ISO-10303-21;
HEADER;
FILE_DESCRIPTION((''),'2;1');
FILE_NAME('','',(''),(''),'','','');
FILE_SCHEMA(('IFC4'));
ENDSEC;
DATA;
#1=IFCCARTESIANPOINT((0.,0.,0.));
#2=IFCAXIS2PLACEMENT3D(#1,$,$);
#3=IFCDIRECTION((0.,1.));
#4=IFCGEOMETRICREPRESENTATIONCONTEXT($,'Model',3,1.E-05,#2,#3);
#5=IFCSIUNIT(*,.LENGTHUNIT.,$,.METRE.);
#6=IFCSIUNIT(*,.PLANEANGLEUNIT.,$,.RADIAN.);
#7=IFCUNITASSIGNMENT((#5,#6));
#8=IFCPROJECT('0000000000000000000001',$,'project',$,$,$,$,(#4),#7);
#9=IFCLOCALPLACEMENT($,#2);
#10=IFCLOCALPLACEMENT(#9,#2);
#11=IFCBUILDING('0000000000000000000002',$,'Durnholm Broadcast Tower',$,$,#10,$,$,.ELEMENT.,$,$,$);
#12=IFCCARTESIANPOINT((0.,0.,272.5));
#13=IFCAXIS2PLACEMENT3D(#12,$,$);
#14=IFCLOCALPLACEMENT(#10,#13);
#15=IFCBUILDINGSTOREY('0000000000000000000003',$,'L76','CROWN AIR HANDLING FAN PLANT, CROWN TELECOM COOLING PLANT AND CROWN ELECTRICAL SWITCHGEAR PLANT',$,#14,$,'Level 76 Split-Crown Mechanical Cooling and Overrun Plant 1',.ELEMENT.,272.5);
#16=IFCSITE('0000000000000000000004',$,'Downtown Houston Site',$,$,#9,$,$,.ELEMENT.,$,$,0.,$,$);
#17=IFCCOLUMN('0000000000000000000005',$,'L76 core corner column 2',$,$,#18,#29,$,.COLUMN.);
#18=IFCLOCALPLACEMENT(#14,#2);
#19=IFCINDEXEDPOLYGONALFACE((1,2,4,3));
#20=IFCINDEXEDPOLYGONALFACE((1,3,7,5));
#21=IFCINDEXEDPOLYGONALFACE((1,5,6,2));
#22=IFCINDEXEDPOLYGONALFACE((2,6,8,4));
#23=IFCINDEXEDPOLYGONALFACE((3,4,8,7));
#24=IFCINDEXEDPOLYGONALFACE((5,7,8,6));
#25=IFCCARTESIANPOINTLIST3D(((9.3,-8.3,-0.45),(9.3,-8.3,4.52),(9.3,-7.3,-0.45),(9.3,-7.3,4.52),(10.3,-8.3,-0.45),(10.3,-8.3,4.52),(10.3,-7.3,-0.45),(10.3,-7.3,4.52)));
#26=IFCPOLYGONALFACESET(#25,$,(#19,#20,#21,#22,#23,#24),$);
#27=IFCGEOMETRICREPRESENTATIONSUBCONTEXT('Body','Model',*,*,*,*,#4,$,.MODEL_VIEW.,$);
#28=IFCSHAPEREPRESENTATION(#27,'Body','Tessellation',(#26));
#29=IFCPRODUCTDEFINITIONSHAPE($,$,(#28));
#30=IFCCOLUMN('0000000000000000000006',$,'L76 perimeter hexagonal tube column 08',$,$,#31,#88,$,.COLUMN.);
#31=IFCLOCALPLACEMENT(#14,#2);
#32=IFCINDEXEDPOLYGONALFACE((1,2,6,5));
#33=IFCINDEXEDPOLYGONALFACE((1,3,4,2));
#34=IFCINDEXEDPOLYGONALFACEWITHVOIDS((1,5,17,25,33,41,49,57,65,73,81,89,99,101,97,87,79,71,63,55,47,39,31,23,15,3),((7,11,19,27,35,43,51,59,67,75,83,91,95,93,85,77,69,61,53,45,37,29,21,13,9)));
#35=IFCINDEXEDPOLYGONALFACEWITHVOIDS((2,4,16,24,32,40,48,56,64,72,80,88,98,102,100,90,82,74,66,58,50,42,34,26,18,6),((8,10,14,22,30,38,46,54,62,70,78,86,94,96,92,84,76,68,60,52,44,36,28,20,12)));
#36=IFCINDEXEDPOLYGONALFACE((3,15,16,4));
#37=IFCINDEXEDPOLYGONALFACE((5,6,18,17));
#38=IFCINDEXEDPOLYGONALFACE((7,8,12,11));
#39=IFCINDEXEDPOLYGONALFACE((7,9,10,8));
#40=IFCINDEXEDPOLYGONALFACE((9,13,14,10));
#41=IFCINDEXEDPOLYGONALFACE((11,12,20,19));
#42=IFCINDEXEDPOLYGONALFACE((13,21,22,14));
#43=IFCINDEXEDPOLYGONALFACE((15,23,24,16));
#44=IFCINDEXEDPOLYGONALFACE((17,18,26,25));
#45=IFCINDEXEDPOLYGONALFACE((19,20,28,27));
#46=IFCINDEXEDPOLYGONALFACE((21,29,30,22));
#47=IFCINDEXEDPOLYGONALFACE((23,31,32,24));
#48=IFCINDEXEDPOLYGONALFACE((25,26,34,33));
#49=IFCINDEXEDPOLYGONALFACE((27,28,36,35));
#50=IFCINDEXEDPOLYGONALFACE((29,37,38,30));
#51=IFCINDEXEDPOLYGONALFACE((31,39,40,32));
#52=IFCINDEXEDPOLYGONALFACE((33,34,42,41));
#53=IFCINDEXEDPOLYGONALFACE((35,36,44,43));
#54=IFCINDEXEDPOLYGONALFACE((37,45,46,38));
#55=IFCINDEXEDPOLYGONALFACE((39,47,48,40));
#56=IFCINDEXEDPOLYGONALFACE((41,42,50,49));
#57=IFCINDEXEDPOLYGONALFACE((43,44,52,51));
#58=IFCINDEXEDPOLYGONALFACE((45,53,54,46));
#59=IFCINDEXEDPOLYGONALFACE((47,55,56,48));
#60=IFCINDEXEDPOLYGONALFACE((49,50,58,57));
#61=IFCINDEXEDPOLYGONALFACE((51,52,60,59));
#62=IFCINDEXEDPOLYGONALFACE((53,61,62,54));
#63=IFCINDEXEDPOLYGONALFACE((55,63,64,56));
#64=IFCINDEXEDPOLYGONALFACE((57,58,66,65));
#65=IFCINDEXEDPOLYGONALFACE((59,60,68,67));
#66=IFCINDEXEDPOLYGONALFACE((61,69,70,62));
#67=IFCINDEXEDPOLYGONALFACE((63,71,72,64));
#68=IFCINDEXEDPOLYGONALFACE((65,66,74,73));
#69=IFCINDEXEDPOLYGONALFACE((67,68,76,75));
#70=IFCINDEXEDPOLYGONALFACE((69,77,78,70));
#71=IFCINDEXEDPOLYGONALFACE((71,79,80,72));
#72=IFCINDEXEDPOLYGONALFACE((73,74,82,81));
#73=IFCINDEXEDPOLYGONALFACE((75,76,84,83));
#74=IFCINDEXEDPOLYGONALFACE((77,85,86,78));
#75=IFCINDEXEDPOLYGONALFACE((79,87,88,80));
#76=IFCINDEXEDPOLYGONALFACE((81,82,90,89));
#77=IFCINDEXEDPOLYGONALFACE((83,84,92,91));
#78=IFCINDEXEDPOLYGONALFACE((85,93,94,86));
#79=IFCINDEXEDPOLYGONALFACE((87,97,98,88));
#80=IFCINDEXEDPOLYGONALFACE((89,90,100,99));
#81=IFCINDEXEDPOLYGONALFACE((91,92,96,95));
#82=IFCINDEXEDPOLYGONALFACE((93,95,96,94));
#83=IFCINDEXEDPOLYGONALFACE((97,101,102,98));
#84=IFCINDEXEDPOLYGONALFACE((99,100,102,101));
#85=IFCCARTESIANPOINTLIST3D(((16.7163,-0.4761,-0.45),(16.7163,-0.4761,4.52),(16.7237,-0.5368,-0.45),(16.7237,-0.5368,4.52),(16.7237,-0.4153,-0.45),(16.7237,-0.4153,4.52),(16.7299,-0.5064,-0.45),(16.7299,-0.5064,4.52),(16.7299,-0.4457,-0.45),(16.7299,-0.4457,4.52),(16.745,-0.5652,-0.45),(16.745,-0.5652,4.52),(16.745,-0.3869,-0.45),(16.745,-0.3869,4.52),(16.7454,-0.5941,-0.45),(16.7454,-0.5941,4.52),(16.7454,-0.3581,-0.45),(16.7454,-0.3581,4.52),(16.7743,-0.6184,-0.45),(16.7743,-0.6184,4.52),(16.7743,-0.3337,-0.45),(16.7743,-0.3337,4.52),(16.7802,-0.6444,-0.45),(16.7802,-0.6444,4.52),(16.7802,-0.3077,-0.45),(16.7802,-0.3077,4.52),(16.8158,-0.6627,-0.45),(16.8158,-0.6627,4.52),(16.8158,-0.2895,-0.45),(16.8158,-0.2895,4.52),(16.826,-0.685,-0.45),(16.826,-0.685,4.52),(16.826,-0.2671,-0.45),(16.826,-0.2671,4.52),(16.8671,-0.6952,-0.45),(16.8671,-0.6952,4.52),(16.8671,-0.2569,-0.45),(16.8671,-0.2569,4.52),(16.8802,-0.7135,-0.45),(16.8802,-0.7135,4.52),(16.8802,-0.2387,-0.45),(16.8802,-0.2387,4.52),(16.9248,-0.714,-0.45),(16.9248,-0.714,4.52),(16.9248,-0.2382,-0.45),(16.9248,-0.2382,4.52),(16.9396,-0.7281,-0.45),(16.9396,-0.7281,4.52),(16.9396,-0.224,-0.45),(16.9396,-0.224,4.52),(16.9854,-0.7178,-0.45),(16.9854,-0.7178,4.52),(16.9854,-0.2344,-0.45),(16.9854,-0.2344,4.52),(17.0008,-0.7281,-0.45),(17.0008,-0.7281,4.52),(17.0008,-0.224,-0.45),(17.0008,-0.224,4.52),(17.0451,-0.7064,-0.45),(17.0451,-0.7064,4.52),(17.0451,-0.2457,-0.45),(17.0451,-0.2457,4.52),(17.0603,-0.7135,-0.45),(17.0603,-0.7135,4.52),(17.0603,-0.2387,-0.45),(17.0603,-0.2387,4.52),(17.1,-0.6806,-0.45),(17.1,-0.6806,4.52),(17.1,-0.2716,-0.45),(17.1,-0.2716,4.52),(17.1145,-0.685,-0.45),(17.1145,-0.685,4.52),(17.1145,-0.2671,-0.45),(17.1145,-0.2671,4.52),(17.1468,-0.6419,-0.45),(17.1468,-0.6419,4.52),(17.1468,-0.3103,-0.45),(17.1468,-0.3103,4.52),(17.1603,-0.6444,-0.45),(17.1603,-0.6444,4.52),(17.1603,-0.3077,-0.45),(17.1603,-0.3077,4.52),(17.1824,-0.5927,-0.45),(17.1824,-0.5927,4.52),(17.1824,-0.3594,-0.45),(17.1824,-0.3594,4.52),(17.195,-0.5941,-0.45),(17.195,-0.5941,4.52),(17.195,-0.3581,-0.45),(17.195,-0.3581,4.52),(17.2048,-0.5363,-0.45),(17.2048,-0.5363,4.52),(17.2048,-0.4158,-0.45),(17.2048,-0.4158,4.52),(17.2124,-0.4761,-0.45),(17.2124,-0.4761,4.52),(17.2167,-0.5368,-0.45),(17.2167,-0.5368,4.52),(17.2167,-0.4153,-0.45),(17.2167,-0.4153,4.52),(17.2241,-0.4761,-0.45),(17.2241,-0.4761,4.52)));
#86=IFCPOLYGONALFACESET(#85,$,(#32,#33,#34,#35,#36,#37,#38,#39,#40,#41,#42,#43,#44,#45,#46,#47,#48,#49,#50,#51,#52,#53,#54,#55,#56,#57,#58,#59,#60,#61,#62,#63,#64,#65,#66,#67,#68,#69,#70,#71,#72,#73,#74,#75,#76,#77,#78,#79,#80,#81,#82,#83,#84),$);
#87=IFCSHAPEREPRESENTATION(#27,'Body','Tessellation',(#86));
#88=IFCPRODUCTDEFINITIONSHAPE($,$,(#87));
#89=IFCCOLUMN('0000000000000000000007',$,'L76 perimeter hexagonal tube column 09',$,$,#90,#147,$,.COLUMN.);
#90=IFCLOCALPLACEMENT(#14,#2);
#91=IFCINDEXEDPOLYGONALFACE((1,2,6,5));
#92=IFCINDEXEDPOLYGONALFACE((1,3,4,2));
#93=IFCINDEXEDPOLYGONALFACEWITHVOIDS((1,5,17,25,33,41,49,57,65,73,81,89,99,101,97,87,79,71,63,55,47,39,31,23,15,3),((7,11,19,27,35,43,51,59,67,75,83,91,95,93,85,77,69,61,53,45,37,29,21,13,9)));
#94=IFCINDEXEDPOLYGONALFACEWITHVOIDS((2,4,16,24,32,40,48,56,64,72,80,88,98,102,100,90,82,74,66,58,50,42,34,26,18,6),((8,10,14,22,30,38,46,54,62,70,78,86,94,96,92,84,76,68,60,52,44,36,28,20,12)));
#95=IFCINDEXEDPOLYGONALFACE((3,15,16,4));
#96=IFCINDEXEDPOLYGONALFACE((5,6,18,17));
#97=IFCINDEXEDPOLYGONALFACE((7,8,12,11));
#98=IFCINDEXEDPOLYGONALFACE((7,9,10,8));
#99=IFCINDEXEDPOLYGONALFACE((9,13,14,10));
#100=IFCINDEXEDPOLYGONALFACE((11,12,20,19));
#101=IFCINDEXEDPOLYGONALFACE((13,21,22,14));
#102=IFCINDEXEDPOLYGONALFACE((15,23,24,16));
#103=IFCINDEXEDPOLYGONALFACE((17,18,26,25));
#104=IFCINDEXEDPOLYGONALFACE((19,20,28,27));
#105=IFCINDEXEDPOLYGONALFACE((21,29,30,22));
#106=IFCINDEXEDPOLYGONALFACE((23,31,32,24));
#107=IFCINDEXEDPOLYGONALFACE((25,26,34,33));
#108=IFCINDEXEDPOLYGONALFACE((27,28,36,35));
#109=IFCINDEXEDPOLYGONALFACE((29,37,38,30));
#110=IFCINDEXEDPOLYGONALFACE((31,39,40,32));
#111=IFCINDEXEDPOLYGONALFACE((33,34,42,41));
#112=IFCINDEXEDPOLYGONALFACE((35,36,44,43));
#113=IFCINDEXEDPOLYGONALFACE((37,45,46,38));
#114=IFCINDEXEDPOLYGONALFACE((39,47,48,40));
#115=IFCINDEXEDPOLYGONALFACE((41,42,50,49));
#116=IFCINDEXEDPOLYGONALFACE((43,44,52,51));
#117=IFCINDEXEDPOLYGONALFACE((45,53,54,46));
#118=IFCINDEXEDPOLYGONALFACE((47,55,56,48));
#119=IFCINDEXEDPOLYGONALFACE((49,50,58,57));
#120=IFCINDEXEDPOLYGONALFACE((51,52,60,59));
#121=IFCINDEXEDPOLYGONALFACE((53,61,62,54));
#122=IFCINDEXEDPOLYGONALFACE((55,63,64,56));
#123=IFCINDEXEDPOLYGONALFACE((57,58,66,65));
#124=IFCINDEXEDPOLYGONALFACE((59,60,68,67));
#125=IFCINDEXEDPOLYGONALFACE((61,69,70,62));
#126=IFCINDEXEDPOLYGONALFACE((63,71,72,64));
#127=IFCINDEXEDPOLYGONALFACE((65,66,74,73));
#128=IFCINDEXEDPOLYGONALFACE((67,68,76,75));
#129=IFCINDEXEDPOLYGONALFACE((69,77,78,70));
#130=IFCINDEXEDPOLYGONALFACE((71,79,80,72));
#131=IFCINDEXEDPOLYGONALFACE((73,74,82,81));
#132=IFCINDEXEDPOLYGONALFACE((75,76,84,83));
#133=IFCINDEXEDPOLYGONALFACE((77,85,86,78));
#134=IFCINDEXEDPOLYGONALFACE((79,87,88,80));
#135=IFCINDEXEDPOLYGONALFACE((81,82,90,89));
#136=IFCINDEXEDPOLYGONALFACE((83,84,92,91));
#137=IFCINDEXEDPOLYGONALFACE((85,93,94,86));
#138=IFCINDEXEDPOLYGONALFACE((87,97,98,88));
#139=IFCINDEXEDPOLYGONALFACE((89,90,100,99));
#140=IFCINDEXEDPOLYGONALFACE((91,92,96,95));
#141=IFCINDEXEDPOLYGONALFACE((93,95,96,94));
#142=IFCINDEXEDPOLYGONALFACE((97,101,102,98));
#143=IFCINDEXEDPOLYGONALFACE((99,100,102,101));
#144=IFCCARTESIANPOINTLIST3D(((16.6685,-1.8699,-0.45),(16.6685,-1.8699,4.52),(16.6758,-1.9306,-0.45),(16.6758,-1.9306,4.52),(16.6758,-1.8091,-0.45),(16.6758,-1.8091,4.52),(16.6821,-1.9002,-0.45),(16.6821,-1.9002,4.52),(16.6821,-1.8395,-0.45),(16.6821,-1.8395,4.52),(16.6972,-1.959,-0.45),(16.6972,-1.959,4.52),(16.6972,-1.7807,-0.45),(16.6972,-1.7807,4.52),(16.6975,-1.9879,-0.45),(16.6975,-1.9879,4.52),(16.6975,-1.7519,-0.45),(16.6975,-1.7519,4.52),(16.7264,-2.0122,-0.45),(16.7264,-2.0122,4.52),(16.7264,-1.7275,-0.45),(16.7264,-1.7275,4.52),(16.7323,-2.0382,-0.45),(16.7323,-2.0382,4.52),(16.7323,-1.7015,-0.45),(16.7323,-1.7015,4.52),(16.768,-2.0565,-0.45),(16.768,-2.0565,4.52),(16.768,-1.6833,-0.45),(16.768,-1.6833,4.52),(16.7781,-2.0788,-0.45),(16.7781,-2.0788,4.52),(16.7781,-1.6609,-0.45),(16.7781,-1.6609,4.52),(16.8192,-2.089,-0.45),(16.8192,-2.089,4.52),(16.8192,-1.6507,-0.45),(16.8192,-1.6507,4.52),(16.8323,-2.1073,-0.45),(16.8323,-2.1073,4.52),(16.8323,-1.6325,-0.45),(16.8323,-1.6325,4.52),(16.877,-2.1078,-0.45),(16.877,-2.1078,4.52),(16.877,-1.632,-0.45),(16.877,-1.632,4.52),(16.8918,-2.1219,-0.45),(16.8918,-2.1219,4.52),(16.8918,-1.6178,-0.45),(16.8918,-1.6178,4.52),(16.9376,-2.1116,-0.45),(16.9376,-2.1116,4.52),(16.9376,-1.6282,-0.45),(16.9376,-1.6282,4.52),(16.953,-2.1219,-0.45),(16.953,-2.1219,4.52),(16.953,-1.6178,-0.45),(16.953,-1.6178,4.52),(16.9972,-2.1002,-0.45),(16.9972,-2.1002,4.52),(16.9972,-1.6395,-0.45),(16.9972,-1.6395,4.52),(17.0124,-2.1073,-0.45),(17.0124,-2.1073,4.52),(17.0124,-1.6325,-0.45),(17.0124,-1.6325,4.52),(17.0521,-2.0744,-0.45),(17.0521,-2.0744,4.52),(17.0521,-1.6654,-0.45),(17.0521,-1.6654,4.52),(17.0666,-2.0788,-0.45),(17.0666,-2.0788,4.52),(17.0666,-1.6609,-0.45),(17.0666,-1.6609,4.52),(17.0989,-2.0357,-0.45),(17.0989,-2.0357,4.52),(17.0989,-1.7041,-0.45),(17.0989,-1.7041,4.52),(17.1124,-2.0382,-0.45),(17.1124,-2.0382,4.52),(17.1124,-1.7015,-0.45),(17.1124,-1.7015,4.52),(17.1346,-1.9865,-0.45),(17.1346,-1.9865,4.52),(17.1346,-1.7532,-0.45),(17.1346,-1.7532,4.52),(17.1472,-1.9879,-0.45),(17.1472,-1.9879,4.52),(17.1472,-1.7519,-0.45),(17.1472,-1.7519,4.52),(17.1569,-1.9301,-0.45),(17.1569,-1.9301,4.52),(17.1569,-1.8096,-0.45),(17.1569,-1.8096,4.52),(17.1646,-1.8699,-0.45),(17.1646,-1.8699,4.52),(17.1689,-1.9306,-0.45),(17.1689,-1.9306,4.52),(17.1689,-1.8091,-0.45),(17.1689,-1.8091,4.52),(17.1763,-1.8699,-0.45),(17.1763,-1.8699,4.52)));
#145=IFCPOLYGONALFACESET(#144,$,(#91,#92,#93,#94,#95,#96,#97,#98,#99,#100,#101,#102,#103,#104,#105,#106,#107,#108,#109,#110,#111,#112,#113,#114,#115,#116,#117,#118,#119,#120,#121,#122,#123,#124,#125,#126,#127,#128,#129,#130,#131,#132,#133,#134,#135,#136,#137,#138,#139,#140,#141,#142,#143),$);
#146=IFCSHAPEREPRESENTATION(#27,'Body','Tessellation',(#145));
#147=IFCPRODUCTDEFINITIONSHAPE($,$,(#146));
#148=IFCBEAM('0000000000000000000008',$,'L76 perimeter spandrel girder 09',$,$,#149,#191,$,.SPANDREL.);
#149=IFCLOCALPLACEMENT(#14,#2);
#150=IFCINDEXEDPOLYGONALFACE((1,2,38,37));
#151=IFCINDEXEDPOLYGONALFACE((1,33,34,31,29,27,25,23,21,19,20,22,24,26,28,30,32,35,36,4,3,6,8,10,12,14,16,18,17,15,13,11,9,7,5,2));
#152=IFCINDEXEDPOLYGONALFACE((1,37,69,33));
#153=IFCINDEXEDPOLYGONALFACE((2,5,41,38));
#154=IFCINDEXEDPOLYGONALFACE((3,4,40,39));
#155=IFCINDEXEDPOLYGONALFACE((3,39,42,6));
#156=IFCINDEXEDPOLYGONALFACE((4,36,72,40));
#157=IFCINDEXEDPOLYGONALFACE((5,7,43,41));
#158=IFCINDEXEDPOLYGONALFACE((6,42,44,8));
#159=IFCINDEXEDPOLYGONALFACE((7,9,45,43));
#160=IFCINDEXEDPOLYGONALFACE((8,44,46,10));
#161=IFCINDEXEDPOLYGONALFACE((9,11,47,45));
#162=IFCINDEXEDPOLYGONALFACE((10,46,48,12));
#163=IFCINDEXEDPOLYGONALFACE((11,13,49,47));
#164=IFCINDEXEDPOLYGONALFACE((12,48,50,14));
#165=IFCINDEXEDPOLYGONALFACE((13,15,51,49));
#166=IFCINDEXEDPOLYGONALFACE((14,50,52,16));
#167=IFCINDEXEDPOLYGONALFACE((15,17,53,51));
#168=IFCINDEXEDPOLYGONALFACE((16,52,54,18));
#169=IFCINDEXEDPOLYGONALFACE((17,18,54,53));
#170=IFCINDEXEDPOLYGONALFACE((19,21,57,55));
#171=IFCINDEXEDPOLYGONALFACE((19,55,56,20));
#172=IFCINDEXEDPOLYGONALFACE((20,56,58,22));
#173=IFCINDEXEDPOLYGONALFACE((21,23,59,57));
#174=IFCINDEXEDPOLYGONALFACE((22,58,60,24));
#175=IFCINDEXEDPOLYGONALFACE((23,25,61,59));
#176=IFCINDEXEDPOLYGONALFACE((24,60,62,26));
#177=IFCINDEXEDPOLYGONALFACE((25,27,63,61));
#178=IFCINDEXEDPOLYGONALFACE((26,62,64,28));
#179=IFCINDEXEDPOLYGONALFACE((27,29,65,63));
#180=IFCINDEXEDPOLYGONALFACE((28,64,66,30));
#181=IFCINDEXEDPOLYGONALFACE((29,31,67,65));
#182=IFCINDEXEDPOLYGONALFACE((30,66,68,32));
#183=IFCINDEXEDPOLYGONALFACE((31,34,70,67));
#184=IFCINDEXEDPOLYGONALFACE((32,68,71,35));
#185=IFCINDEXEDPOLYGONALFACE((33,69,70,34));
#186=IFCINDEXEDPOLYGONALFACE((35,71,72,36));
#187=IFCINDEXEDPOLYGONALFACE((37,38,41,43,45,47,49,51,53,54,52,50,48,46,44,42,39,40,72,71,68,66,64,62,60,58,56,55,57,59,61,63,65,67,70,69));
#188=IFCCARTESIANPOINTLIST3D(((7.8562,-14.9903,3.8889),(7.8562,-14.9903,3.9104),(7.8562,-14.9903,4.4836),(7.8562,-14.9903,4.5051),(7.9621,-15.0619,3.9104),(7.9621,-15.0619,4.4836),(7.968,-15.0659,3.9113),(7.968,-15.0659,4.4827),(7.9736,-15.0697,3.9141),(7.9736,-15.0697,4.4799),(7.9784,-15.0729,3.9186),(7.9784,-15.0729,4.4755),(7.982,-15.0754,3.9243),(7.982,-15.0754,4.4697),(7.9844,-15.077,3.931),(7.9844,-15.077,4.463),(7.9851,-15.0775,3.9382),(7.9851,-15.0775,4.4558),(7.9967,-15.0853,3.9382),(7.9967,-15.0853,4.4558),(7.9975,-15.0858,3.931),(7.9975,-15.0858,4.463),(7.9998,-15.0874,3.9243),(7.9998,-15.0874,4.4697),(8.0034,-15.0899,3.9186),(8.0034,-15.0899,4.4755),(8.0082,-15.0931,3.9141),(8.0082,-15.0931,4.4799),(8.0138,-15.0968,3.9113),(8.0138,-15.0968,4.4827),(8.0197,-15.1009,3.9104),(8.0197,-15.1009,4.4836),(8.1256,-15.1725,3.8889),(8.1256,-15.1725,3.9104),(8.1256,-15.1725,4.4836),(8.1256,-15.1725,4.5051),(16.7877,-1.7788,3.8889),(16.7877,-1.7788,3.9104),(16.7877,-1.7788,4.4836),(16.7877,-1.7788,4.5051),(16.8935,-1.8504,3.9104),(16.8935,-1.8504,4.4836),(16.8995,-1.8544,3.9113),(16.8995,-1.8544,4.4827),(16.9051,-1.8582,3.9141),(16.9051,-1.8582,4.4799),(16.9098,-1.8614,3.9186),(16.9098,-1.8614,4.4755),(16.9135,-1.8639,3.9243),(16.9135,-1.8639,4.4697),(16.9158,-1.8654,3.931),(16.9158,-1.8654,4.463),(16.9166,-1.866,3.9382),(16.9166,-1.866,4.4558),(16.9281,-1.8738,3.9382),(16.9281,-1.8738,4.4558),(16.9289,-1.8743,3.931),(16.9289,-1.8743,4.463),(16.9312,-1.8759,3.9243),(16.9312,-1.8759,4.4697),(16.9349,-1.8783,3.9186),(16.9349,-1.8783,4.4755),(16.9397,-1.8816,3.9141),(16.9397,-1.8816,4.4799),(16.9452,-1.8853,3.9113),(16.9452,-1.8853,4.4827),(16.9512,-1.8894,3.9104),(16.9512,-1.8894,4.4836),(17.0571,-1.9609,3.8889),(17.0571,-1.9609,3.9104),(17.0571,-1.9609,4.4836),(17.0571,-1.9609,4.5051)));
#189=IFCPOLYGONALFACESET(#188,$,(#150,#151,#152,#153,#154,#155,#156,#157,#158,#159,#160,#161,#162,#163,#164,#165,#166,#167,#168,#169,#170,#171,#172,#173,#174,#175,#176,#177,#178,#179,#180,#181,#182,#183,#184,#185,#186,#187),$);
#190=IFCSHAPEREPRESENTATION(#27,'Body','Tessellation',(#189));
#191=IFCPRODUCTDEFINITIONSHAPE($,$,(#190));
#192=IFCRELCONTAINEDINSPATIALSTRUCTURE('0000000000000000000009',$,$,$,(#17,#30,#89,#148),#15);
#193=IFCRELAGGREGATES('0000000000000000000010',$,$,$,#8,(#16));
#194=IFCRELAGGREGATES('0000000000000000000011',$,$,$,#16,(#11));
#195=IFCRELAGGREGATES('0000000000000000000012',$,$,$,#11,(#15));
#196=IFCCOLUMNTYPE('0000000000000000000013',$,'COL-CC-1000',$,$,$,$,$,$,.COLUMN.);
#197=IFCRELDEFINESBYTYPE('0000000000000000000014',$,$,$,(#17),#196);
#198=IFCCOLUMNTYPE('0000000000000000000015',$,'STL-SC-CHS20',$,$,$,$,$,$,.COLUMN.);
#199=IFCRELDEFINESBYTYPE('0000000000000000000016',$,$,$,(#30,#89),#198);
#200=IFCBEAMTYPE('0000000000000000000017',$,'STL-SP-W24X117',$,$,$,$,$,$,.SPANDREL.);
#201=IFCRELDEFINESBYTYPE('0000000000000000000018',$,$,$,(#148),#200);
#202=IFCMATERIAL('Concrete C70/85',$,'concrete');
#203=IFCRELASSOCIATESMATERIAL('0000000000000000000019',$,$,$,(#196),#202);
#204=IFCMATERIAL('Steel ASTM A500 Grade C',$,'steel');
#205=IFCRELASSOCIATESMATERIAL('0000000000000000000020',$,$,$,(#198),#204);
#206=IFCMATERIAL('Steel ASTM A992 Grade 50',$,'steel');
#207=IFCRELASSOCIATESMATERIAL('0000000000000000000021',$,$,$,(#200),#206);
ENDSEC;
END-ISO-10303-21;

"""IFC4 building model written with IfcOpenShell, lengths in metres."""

from ifc_helpers import new_model, si_unit, direction, frame, origin, origin_2d, place, context, subcontext, project, spatial, rectangle, hollow_circle, i_section, extrude, source, transform, mapped, material, material_profile, profile_set, type_object, type_shapes, element, save


model = new_model("IFC4")

# Units and contexts
model_context = context("Model", 3, precision=1e-05, world=origin(), true_north=direction((0.0, 1.0)))
body_context = subcontext(model_context, "Body", "Model", "MODEL_VIEW")
ifc_project = project(units=[si_unit("LENGTHUNIT", "METRE"), si_unit("PLANEANGLEUNIT", "RADIAN")], contexts=[model_context])

# Site, building, storey
site_placement = place(None, origin())
site = spatial("IfcSite", under=ifc_project, at=site_placement, Name="Downtown Houston Site", CompositionType="ELEMENT", RefElevation=0.0)
building_placement = place(site_placement, origin())
building = spatial("IfcBuilding", under=site, at=building_placement, Name="Durnholm Broadcast Tower", CompositionType="ELEMENT")
storey_placement = place(building_placement, frame((0.0, 0.0, 272.5)))
storey = spatial("IfcBuildingStorey", under=building, at=storey_placement, Name="L76", Description="CROWN AIR HANDLING FAN PLANT, CROWN TELECOM COOLING PLANT AND CROWN ELECTRICAL SWITCHGEAR PLANT", LongName="Level 76 Split-Crown Mechanical Cooling and Overrun Plant 1", CompositionType="ELEMENT", Elevation=272.5)

# Columns
ifc_material_1 = material(Name="Concrete C70/85", Category="concrete")
ifc_material_profile_1 = material_profile(ifc_material_1, rectangle(XDim=1.0, YDim=1.0, at=origin_2d()), Name="RC1000X1000")
ifc_profile_set_1 = profile_set([ifc_material_profile_1], Name="Concrete C70/85")
column_type_1 = type_object("IfcColumnType", Name="COL-CC-1000", PredefinedType="COLUMN", material=ifc_profile_set_1)
shared_shape_1 = source(origin(), body_context, "Body", "SweptSolid", [
    extrude(rectangle(XDim=1.0, YDim=1.0, at=origin_2d()), origin(), (0.0, 0.0, 1.0), 4.97),
])
type_shapes(column_type_1, [shared_shape_1])
column_placement = place(storey_placement, frame((9.8, -7.8, -0.45), z_axis=(0.0, 0.0, 1.0), x_axis=(1.0, 0.0, 0.0)))
element("IfcColumn", 1, at=column_placement, inside=storey, type_object=column_type_1, Name="L76 core corner column 2", PredefinedType="COLUMN", context=body_context, shape_type="MappedRepresentation", body=[
    mapped(shared_shape_1, transform((0.0, 0.0, 0.0), x_axis=(1.0, 0.0, 0.0), y_axis=(0.0, 1.0, 0.0), z_axis=(0.0, 0.0, 1.0), scale=1.0)),
])
ifc_material_2 = material(Name="Steel ASTM A500 Grade C", Category="steel")
ifc_material_profile_2 = material_profile(ifc_material_2, hollow_circle(Radius=0.2539, WallThickness=0.0117, at=origin_2d()), Name="HSS20.000X0.500")
ifc_profile_set_2 = profile_set([ifc_material_profile_2], Name="Steel ASTM A500 Grade C")
column_type_2 = type_object("IfcColumnType", Name="STL-SC-CHS20", PredefinedType="COLUMN", material=ifc_profile_set_2)
shared_shape_2 = source(origin(), body_context, "Body", "SweptSolid", [
    extrude(hollow_circle(Radius=0.2539, WallThickness=0.0117, at=origin_2d()), origin(), (0.0, 0.0, 1.0), 4.97),
])
type_shapes(column_type_2, [shared_shape_2])
for number, where, z_axis, x_axis, name in (
    (2, (16.9702, -0.4761, -0.45), (0.0, 0.0, 1.0), (1.0, 0.0, 0.0), "L76 perimeter hexagonal tube column 08"),
    (3, (16.9224, -1.8699, -0.45), (0.0, 0.0, 1.0), (1.0, 0.0, 0.0), "L76 perimeter hexagonal tube column 09"),
):
    element("IfcColumn", number, at=place(storey_placement, frame(where, z_axis=z_axis, x_axis=x_axis)), inside=storey, type_object=column_type_2, Name=name, PredefinedType="COLUMN", context=body_context, shape_type="MappedRepresentation", body=[
        mapped(shared_shape_2, transform((0.0, 0.0, 0.0), x_axis=(1.0, 0.0, 0.0), y_axis=(0.0, 1.0, 0.0), z_axis=(0.0, 0.0, 1.0), scale=1.0)),
    ])

# Beam
ifc_material_3 = material(Name="Steel ASTM A992 Grade 50", Category="steel")
ifc_material_profile_3 = material_profile(ifc_material_3, i_section(OverallWidth=0.3252, OverallDepth=0.6162, WebThickness=0.0139, FlangeThickness=0.0215, FilletRadius=0.0278, at=origin_2d()), Name="W24X117")
ifc_profile_set_3 = profile_set([ifc_material_profile_3], Name="Steel ASTM A992 Grade 50")
beam_type_1 = type_object("IfcBeamType", Name="STL-SP-W24X117", PredefinedType="SPANDREL", material=ifc_profile_set_3)
shared_shape_3 = source(origin(), body_context, "Body", "SweptSolid", [
    extrude(i_section(OverallWidth=0.3252, OverallDepth=0.6162, WebThickness=0.0139, FlangeThickness=0.0215, FilletRadius=0.0278, at=origin_2d()), origin(), (0.0, 0.0, 1.0), 15.9473),
])
type_shapes(beam_type_1, [shared_shape_3])
beam_1_placement = place(storey_placement, frame((16.9224, -1.8699, 4.197), z_axis=(-0.560062, -0.828451, 0.0), x_axis=(0.828451, -0.560062, 0.0)))
element("IfcBeam", 4, at=beam_1_placement, inside=storey, type_object=beam_type_1, Name="L76 perimeter spandrel girder 09", PredefinedType="SPANDREL", context=body_context, shape_type="MappedRepresentation", body=[
    mapped(shared_shape_3, transform((0.0, 0.0, 0.0), x_axis=(1.0, 0.0, 0.0), y_axis=(0.0, 1.0, 0.0), z_axis=(0.0, 0.0, 1.0), scale=1.0)),
])

save(model, "model.ifc")
